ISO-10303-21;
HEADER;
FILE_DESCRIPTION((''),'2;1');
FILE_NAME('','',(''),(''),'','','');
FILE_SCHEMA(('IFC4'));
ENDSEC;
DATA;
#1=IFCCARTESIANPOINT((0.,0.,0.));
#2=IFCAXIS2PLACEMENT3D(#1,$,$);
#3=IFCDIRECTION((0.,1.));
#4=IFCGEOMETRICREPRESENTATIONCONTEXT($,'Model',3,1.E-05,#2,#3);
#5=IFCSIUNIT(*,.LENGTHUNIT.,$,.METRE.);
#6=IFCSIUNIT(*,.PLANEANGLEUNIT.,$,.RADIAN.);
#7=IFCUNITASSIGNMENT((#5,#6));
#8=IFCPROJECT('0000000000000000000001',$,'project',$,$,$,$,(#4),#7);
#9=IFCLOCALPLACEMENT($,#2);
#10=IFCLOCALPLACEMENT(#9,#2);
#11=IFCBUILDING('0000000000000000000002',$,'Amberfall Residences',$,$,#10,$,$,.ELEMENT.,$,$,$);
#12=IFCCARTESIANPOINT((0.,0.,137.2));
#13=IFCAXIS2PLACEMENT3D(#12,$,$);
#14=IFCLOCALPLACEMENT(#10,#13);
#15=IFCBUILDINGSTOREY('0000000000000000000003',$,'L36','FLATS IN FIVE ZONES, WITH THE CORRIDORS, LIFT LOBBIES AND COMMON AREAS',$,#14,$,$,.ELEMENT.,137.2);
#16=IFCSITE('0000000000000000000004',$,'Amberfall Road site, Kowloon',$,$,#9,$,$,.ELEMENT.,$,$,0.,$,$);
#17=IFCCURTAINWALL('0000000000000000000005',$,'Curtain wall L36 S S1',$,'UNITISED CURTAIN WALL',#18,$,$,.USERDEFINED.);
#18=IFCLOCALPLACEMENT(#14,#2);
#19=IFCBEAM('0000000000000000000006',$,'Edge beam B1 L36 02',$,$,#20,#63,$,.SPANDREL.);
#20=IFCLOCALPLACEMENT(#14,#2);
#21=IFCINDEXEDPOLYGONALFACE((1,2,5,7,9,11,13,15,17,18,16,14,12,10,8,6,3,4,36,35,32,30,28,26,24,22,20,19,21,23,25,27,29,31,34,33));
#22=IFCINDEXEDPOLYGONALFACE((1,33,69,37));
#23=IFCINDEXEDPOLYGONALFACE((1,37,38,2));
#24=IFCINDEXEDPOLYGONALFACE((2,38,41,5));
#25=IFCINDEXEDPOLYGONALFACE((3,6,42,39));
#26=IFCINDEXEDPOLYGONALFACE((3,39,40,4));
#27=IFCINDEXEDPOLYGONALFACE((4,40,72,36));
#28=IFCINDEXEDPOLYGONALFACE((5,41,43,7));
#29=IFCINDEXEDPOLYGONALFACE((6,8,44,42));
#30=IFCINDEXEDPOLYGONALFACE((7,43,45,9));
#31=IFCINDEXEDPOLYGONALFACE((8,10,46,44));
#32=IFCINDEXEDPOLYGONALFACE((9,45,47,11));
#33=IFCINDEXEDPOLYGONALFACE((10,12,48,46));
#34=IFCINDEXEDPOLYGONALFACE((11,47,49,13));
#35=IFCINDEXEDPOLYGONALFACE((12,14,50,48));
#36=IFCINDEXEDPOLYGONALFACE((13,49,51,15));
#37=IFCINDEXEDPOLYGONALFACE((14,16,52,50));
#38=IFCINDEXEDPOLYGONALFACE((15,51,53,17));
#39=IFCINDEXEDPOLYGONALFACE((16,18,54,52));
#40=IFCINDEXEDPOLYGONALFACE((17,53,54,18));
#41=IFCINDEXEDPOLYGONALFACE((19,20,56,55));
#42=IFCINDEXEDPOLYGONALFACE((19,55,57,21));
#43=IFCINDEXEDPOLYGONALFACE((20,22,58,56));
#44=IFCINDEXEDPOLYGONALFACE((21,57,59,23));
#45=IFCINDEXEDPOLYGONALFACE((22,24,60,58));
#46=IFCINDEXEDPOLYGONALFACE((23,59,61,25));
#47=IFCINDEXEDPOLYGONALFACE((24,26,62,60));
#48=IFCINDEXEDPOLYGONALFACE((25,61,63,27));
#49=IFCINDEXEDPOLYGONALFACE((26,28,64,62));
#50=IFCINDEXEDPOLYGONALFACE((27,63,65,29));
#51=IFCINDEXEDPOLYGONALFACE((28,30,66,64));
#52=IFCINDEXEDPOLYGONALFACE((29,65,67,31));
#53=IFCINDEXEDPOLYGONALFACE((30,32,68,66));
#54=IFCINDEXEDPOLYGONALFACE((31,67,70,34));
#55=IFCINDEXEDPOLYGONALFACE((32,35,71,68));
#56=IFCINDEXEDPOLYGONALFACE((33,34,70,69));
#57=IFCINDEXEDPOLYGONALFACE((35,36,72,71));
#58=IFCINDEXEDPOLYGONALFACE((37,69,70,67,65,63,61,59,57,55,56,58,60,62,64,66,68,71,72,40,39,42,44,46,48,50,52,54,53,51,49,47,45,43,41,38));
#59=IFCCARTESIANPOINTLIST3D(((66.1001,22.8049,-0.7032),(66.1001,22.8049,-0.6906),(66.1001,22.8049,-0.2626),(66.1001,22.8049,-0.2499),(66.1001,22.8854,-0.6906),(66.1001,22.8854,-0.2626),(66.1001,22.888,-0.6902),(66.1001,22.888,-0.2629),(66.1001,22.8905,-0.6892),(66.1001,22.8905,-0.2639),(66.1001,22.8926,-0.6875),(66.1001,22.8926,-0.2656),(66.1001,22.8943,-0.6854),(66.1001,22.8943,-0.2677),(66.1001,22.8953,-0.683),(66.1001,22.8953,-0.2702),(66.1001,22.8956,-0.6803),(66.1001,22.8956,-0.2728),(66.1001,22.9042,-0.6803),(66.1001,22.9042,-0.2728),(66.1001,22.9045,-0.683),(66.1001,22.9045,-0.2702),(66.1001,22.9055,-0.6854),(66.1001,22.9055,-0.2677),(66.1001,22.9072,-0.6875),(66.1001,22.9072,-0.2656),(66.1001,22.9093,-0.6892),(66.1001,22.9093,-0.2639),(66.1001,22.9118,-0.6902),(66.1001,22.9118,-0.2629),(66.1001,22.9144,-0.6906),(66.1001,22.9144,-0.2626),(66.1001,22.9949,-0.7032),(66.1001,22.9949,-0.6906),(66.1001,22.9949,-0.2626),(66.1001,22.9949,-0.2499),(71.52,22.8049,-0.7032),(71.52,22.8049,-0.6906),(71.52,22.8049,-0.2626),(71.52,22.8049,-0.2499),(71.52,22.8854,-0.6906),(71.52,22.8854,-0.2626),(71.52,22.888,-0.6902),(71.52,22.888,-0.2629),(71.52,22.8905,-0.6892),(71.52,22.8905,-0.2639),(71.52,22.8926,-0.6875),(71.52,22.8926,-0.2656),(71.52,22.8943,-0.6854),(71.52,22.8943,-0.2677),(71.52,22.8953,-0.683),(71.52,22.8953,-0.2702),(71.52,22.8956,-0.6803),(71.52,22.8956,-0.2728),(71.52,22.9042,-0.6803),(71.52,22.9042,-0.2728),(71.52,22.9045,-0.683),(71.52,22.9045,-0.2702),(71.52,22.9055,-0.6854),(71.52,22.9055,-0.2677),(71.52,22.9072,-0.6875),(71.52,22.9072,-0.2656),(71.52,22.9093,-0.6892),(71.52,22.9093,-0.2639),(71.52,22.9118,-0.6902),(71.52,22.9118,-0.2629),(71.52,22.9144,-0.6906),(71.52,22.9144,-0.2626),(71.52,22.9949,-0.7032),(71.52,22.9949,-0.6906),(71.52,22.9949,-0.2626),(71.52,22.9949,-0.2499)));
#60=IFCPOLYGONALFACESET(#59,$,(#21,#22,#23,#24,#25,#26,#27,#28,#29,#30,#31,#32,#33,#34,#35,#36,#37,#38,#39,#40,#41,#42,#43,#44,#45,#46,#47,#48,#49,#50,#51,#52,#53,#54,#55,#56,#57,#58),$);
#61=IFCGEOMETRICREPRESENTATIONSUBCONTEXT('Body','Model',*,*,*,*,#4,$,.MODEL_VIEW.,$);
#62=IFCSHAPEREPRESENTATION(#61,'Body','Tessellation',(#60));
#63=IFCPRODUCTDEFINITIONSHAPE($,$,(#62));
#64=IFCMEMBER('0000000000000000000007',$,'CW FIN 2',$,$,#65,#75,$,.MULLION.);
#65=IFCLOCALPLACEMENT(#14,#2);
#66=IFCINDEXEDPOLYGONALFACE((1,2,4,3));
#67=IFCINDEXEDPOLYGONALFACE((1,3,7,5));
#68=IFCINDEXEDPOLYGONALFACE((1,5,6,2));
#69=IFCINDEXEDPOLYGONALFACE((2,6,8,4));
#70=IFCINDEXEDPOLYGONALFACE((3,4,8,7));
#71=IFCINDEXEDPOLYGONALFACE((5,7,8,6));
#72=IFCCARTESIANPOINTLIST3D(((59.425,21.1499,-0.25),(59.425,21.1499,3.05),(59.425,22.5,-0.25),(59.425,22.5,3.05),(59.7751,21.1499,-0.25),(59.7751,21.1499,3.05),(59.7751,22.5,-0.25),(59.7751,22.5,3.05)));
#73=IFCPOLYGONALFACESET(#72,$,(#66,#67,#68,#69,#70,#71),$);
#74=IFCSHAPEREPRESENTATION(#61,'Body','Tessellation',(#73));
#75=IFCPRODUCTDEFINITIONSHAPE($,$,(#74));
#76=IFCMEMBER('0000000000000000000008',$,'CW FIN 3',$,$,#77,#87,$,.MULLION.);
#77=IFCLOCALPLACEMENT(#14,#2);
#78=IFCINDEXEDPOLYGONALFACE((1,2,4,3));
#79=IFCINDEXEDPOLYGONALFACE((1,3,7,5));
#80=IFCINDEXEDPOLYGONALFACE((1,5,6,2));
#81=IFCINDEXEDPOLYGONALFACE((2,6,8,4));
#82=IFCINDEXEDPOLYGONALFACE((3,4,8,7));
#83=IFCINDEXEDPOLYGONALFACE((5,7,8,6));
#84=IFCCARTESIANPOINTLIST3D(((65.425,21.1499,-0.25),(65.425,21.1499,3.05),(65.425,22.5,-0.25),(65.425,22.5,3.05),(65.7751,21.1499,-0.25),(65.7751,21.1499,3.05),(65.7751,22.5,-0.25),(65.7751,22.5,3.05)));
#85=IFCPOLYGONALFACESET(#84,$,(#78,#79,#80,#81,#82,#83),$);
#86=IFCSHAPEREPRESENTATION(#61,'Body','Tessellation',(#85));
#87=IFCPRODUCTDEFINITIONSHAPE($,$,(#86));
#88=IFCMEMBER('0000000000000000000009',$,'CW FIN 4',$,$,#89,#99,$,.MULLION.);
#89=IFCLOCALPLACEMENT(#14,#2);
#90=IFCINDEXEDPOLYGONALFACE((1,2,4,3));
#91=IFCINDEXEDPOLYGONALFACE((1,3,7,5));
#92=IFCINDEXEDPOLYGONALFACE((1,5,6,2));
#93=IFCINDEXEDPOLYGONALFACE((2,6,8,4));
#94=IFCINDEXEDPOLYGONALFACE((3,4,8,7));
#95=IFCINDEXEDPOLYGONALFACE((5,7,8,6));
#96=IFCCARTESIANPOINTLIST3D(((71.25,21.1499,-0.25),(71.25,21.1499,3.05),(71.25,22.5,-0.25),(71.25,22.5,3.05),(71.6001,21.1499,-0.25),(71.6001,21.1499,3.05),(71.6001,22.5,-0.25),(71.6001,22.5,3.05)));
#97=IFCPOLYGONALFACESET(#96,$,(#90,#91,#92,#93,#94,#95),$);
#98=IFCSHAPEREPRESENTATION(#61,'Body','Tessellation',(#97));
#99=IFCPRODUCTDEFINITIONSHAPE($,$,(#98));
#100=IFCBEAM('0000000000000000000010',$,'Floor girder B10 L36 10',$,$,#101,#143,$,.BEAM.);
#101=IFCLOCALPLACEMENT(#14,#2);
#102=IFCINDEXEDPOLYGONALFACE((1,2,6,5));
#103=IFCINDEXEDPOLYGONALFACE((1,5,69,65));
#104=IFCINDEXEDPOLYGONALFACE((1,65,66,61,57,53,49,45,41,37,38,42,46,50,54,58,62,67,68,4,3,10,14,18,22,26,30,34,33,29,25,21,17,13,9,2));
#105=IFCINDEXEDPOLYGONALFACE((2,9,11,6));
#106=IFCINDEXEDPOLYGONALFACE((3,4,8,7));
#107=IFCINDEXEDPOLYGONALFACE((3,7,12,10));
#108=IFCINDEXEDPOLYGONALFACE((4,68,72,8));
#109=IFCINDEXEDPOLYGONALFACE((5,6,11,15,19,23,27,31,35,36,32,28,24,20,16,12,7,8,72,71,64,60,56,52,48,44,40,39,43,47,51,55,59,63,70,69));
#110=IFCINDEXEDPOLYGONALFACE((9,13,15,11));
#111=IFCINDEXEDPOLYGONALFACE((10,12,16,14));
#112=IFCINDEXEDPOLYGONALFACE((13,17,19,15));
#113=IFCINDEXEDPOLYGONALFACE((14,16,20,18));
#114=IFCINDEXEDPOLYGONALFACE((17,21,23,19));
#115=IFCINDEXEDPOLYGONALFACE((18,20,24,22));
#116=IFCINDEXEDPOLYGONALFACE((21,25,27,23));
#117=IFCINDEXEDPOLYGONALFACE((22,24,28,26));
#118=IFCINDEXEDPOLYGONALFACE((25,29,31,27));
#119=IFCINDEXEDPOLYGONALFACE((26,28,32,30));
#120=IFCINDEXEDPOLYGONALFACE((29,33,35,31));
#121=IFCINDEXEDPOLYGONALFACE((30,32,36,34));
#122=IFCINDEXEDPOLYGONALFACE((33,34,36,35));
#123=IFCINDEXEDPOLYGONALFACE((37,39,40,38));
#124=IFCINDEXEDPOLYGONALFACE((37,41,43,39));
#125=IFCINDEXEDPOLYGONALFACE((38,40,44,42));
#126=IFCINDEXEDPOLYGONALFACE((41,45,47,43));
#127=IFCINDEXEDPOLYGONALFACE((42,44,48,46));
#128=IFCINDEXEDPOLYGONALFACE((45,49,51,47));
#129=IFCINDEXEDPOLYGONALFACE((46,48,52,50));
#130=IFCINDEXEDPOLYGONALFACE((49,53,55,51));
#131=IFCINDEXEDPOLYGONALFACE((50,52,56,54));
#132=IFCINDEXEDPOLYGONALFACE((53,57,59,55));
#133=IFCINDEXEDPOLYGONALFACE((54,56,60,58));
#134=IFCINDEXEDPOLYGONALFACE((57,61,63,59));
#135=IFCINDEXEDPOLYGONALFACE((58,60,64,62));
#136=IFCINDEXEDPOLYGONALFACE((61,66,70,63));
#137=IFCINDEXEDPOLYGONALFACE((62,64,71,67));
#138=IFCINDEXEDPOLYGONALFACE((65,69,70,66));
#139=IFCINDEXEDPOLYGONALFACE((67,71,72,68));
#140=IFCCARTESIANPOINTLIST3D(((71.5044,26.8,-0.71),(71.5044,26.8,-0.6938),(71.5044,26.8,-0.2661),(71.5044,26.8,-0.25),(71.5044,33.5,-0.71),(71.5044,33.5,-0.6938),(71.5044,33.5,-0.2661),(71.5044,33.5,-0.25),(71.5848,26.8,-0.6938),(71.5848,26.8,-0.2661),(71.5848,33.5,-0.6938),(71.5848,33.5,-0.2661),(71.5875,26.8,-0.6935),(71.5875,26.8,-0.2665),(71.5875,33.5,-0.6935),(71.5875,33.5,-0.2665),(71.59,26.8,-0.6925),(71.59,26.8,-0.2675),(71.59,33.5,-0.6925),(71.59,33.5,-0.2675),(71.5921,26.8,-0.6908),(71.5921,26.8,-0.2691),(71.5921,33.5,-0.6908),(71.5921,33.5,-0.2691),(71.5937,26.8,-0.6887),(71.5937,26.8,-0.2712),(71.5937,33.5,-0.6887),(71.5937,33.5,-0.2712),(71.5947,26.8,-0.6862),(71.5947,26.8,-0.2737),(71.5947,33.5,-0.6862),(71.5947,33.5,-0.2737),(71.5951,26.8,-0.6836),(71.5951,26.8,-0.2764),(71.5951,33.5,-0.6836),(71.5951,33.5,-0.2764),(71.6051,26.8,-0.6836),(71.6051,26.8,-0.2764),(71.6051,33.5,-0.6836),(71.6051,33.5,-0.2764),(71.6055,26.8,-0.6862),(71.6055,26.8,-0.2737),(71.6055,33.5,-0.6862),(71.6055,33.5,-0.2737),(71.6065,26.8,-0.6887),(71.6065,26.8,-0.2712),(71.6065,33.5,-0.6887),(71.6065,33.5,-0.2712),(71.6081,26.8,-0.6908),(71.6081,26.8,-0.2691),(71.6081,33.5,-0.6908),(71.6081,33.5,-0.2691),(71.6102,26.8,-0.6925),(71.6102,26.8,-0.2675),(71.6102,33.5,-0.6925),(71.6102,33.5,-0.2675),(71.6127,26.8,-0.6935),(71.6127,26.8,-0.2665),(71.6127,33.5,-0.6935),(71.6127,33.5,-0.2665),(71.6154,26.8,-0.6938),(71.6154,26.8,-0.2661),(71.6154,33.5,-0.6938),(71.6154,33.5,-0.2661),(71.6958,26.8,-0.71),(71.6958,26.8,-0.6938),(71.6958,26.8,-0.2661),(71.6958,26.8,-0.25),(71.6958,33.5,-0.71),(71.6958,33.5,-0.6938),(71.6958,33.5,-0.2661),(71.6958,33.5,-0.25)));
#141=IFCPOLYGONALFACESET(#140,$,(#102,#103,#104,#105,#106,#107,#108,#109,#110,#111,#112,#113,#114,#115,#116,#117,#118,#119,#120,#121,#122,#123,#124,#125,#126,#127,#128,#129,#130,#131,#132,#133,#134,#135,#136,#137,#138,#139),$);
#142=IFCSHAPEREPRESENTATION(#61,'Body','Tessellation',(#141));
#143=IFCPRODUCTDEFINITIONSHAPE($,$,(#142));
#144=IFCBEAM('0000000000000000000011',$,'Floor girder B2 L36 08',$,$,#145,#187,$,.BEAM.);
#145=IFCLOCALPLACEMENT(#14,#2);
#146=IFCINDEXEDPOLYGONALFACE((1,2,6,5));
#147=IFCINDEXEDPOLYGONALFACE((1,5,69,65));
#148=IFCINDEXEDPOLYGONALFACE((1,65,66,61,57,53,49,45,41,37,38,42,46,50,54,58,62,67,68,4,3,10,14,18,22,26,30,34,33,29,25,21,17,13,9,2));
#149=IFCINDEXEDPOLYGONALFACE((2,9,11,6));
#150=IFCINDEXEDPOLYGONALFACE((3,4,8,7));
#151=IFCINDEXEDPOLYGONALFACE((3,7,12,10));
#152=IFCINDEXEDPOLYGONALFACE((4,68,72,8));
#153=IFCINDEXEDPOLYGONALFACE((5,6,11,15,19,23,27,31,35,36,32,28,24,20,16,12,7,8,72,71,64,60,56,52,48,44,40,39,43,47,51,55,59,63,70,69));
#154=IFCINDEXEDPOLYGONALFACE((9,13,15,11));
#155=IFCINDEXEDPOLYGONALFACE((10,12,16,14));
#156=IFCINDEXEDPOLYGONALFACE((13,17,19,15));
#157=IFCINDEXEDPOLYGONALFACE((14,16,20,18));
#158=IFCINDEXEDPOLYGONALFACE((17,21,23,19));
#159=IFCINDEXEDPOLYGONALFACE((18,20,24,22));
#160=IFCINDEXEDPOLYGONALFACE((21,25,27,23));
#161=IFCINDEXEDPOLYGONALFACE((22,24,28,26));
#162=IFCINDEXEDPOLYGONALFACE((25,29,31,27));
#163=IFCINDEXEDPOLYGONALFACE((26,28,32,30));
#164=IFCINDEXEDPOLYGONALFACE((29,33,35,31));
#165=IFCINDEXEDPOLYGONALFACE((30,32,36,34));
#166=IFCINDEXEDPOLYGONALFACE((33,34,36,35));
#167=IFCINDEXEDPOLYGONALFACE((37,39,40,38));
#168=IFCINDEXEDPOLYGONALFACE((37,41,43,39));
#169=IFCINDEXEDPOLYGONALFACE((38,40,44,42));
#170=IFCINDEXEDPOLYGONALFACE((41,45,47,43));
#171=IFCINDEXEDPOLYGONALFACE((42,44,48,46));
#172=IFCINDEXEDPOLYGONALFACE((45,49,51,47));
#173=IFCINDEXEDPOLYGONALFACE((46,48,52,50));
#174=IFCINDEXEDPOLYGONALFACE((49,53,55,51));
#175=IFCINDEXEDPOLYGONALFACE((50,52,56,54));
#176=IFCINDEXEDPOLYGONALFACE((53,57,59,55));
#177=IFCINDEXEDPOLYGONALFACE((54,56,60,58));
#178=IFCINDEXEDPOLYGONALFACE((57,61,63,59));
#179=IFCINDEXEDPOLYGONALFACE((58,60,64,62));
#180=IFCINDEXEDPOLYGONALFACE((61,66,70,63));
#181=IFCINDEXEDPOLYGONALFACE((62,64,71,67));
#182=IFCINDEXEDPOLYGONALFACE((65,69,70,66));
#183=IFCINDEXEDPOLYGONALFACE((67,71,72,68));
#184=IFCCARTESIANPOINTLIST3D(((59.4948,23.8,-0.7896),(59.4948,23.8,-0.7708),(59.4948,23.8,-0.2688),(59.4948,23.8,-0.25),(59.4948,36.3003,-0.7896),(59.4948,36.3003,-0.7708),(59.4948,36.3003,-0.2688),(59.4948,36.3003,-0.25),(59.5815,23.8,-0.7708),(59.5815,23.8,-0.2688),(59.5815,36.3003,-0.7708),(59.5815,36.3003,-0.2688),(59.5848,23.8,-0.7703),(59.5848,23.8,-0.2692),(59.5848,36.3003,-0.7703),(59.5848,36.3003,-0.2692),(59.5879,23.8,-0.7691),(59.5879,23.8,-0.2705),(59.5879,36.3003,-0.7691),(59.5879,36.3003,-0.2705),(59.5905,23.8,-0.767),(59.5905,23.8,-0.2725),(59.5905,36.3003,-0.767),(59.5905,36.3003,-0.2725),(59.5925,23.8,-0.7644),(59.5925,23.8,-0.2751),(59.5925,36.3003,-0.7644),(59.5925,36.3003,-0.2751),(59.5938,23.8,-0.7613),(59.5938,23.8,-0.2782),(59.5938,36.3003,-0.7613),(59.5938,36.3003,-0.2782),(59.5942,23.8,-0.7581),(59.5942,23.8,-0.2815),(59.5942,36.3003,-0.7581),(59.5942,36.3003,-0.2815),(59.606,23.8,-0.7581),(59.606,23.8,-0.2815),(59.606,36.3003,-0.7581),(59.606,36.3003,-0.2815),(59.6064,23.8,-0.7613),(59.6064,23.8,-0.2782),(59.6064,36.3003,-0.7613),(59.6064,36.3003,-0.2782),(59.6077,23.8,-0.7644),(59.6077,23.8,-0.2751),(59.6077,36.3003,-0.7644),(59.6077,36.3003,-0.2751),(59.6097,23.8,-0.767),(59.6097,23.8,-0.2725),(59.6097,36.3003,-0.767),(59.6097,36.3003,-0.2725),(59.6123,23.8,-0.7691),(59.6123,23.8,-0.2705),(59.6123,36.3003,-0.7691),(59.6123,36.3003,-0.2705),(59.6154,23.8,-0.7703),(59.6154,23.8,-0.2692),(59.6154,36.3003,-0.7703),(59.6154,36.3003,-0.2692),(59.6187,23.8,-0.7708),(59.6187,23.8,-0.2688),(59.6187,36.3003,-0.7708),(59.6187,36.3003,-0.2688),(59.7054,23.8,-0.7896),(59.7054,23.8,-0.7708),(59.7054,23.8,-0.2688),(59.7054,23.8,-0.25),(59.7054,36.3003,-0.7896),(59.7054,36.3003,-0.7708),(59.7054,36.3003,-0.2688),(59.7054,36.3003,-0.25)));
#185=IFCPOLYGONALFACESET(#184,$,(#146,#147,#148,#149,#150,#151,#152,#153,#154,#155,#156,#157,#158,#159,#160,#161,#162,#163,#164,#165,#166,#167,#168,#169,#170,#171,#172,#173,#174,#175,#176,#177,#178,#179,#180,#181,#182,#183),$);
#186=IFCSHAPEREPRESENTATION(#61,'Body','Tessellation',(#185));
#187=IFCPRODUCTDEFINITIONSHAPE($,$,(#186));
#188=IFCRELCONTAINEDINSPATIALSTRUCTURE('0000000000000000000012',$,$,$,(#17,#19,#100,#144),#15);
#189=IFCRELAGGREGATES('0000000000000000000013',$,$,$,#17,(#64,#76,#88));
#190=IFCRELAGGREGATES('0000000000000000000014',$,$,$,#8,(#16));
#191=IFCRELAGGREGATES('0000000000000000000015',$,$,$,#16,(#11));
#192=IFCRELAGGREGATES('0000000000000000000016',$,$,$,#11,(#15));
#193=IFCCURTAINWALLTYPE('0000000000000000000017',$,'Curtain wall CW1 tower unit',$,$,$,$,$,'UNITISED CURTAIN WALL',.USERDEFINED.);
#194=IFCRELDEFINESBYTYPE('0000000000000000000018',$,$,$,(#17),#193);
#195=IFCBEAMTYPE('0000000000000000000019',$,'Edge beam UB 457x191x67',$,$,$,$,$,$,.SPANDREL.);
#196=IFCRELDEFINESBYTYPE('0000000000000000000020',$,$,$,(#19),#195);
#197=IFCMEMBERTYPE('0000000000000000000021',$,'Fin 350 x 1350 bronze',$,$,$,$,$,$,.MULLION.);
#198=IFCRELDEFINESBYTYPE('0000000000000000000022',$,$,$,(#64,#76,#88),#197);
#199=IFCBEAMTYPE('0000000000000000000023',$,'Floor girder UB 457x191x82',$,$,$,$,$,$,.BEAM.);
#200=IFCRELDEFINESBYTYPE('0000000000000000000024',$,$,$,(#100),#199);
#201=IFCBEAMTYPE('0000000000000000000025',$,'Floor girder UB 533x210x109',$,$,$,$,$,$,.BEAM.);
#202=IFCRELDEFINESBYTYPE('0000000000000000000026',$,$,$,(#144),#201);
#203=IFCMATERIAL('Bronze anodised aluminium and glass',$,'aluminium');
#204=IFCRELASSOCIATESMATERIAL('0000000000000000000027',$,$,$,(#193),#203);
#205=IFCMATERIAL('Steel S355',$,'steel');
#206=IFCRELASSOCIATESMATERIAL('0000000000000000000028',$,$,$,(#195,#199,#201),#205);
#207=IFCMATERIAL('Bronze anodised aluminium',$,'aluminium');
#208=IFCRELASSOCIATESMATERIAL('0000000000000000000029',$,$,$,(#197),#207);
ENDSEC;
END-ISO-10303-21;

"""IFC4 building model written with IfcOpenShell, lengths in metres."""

from ifc_helpers import new_model, si_unit, direction, frame, origin, origin_2d, place, context, subcontext, project, spatial, rectangle, i_section, extrude, material, material_profile, profile_set, type_object, element, aggregate, save


model = new_model("IFC4")

# Units and contexts
model_context = context("Model", 3, precision=1e-05, world=origin(), true_north=direction((0.0, 1.0)))
body_context = subcontext(model_context, "Body", "Model", "MODEL_VIEW")
ifc_project = project(units=[si_unit("LENGTHUNIT", "METRE"), si_unit("PLANEANGLEUNIT", "RADIAN")], contexts=[model_context])

# Site, building, storey
site_placement = place(None, origin())
site = spatial("IfcSite", under=ifc_project, at=site_placement, Name="Amberfall Road site, Kowloon", CompositionType="ELEMENT", RefElevation=0.0)
building_placement = place(site_placement, origin())
building = spatial("IfcBuilding", under=site, at=building_placement, Name="Amberfall Residences", CompositionType="ELEMENT")
storey_placement = place(building_placement, frame((0.0, 0.0, 137.2)))
storey = spatial("IfcBuildingStorey", under=building, at=storey_placement, Name="L36", Description="FLATS IN FIVE ZONES, WITH THE CORRIDORS, LIFT LOBBIES AND COMMON AREAS", CompositionType="ELEMENT", Elevation=137.2)

# Curtain wall
ifc_material_1 = material(Name="Bronze anodised aluminium and glass", Category="aluminium")
curtain_wall_type = type_object("IfcCurtainWallType", Name="Curtain wall CW1 tower unit", ElementType="UNITISED CURTAIN WALL", PredefinedType="USERDEFINED", material=ifc_material_1)
curtain_wall_placement = place(storey_placement, origin())
curtain_wall = element("IfcCurtainWall", 1, at=curtain_wall_placement, inside=storey, type_object=curtain_wall_type, Name="Curtain wall L36 S S1", ObjectType="UNITISED CURTAIN WALL", PredefinedType="USERDEFINED")
ifc_material_2 = material(Name="Bronze anodised aluminium", Category="aluminium")

# Beam
ifc_material_3 = material(Name="Steel S355", Category="steel")
ifc_material_profile_1 = material_profile(ifc_material_3, i_section(OverallWidth=0.1899, OverallDepth=0.4534, WebThickness=0.0085, FlangeThickness=0.0127, FilletRadius=0.0103, at=origin_2d()), Name="UB 457x191x67")
ifc_profile_set_1 = profile_set([ifc_material_profile_1], Name="Steel S355")
beam_type_1 = type_object("IfcBeamType", Name="Edge beam UB 457x191x67", PredefinedType="SPANDREL", material=ifc_profile_set_1)
beam_1_placement = place(storey_placement, frame((66.1001, 22.8999, -0.4766), z_axis=(1.0, 0.0, 0.0), x_axis=(0.0, 1.0, 0.0)))
element("IfcBeam", 2, at=beam_1_placement, inside=storey, type_object=beam_type_1, Name="Edge beam B1 L36 02", PredefinedType="SPANDREL", context=body_context, shape_type="SweptSolid", body=[
    extrude(i_section(OverallWidth=0.1899, OverallDepth=0.4534, WebThickness=0.0085, FlangeThickness=0.0127, FilletRadius=0.0103, at=origin_2d()), origin(), (0.0, 0.0, 1.0), 5.4199),
])

# Members
ifc_material_profile_2 = material_profile(ifc_material_2, rectangle(XDim=1.3501, YDim=0.3501, at=origin_2d()), Name="Fin 350 x 1350 bronze")
ifc_profile_set_2 = profile_set([ifc_material_profile_2], Name="Bronze anodised aluminium")
member_type_1 = type_object("IfcMemberType", Name="Fin 350 x 1350 bronze", PredefinedType="MULLION", material=ifc_profile_set_2)
member_1_placement = place(storey_placement, frame((59.6001, 21.825, -0.25), z_axis=(0.0, 0.0, 1.0), x_axis=(0.0, 1.0, 0.0)))
member_1 = element("IfcMember", 3, at=member_1_placement, type_object=member_type_1, Name="CW FIN 2", PredefinedType="MULLION", context=body_context, shape_type="SweptSolid", body=[
    extrude(rectangle(XDim=1.3501, YDim=0.3501, at=origin_2d()), origin(), (0.0, 0.0, 1.0), 3.3),
])
member_2_placement = place(storey_placement, frame((65.6001, 21.825, -0.25), z_axis=(0.0, 0.0, 1.0), x_axis=(0.0, 1.0, 0.0)))
member_2 = element("IfcMember", 4, at=member_2_placement, type_object=member_type_1, Name="CW FIN 3", PredefinedType="MULLION", context=body_context, shape_type="SweptSolid", body=[
    extrude(rectangle(XDim=1.3501, YDim=0.3501, at=origin_2d()), origin(), (0.0, 0.0, 1.0), 3.3),
])
member_3_placement = place(storey_placement, frame((71.425, 21.825, -0.25), z_axis=(0.0, 0.0, 1.0), x_axis=(0.0, 1.0, 0.0)))
member_3 = element("IfcMember", 5, at=member_3_placement, type_object=member_type_1, Name="CW FIN 4", PredefinedType="MULLION", context=body_context, shape_type="SweptSolid", body=[
    extrude(rectangle(XDim=1.3501, YDim=0.3501, at=origin_2d()), origin(), (0.0, 0.0, 1.0), 3.3),
])

# Beams
ifc_material_profile_3 = material_profile(ifc_material_3, i_section(OverallWidth=0.1914, OverallDepth=0.46, WebThickness=0.01, FlangeThickness=0.0161, FilletRadius=0.0103, at=origin_2d()), Name="UB 457x191x82")
ifc_profile_set_3 = profile_set([ifc_material_profile_3], Name="Steel S355")
beam_type_2 = type_object("IfcBeamType", Name="Floor girder UB 457x191x82", PredefinedType="BEAM", material=ifc_profile_set_3)
beam_2_placement = place(storey_placement, frame((71.6001, 26.8, -0.48), z_axis=(0.0, 1.0, 0.0), x_axis=(-1.0, 0.0, 0.0)))
element("IfcBeam", 6, at=beam_2_placement, inside=storey, type_object=beam_type_2, Name="Floor girder B10 L36 10", PredefinedType="BEAM", context=body_context, shape_type="SweptSolid", body=[
    extrude(i_section(OverallWidth=0.1914, OverallDepth=0.46, WebThickness=0.01, FlangeThickness=0.0161, FilletRadius=0.0103, at=origin_2d()), origin(), (0.0, 0.0, 1.0), 6.7),
])
ifc_material_profile_4 = material_profile(ifc_material_3, i_section(OverallWidth=0.2107, OverallDepth=0.5396, WebThickness=0.0117, FlangeThickness=0.0188, FilletRadius=0.0127, at=origin_2d()), Name="UB 533x210x109")
ifc_profile_set_4 = profile_set([ifc_material_profile_4], Name="Steel S355")
beam_type_3 = type_object("IfcBeamType", Name="Floor girder UB 533x210x109", PredefinedType="BEAM", material=ifc_profile_set_4)
beam_3_placement = place(storey_placement, frame((59.6001, 23.8, -0.5198), z_axis=(0.0, 1.0, 0.0), x_axis=(-1.0, 0.0, 0.0)))
element("IfcBeam", 7, at=beam_3_placement, inside=storey, type_object=beam_type_3, Name="Floor girder B2 L36 08", PredefinedType="BEAM", context=body_context, shape_type="SweptSolid", body=[
    extrude(i_section(OverallWidth=0.2107, OverallDepth=0.5396, WebThickness=0.0117, FlangeThickness=0.0188, FilletRadius=0.0127, at=origin_2d()), origin(), (0.0, 0.0, 1.0), 12.5002),
])

aggregate(curtain_wall, [member_1, member_2, member_3])

save(model, "model.ifc")
